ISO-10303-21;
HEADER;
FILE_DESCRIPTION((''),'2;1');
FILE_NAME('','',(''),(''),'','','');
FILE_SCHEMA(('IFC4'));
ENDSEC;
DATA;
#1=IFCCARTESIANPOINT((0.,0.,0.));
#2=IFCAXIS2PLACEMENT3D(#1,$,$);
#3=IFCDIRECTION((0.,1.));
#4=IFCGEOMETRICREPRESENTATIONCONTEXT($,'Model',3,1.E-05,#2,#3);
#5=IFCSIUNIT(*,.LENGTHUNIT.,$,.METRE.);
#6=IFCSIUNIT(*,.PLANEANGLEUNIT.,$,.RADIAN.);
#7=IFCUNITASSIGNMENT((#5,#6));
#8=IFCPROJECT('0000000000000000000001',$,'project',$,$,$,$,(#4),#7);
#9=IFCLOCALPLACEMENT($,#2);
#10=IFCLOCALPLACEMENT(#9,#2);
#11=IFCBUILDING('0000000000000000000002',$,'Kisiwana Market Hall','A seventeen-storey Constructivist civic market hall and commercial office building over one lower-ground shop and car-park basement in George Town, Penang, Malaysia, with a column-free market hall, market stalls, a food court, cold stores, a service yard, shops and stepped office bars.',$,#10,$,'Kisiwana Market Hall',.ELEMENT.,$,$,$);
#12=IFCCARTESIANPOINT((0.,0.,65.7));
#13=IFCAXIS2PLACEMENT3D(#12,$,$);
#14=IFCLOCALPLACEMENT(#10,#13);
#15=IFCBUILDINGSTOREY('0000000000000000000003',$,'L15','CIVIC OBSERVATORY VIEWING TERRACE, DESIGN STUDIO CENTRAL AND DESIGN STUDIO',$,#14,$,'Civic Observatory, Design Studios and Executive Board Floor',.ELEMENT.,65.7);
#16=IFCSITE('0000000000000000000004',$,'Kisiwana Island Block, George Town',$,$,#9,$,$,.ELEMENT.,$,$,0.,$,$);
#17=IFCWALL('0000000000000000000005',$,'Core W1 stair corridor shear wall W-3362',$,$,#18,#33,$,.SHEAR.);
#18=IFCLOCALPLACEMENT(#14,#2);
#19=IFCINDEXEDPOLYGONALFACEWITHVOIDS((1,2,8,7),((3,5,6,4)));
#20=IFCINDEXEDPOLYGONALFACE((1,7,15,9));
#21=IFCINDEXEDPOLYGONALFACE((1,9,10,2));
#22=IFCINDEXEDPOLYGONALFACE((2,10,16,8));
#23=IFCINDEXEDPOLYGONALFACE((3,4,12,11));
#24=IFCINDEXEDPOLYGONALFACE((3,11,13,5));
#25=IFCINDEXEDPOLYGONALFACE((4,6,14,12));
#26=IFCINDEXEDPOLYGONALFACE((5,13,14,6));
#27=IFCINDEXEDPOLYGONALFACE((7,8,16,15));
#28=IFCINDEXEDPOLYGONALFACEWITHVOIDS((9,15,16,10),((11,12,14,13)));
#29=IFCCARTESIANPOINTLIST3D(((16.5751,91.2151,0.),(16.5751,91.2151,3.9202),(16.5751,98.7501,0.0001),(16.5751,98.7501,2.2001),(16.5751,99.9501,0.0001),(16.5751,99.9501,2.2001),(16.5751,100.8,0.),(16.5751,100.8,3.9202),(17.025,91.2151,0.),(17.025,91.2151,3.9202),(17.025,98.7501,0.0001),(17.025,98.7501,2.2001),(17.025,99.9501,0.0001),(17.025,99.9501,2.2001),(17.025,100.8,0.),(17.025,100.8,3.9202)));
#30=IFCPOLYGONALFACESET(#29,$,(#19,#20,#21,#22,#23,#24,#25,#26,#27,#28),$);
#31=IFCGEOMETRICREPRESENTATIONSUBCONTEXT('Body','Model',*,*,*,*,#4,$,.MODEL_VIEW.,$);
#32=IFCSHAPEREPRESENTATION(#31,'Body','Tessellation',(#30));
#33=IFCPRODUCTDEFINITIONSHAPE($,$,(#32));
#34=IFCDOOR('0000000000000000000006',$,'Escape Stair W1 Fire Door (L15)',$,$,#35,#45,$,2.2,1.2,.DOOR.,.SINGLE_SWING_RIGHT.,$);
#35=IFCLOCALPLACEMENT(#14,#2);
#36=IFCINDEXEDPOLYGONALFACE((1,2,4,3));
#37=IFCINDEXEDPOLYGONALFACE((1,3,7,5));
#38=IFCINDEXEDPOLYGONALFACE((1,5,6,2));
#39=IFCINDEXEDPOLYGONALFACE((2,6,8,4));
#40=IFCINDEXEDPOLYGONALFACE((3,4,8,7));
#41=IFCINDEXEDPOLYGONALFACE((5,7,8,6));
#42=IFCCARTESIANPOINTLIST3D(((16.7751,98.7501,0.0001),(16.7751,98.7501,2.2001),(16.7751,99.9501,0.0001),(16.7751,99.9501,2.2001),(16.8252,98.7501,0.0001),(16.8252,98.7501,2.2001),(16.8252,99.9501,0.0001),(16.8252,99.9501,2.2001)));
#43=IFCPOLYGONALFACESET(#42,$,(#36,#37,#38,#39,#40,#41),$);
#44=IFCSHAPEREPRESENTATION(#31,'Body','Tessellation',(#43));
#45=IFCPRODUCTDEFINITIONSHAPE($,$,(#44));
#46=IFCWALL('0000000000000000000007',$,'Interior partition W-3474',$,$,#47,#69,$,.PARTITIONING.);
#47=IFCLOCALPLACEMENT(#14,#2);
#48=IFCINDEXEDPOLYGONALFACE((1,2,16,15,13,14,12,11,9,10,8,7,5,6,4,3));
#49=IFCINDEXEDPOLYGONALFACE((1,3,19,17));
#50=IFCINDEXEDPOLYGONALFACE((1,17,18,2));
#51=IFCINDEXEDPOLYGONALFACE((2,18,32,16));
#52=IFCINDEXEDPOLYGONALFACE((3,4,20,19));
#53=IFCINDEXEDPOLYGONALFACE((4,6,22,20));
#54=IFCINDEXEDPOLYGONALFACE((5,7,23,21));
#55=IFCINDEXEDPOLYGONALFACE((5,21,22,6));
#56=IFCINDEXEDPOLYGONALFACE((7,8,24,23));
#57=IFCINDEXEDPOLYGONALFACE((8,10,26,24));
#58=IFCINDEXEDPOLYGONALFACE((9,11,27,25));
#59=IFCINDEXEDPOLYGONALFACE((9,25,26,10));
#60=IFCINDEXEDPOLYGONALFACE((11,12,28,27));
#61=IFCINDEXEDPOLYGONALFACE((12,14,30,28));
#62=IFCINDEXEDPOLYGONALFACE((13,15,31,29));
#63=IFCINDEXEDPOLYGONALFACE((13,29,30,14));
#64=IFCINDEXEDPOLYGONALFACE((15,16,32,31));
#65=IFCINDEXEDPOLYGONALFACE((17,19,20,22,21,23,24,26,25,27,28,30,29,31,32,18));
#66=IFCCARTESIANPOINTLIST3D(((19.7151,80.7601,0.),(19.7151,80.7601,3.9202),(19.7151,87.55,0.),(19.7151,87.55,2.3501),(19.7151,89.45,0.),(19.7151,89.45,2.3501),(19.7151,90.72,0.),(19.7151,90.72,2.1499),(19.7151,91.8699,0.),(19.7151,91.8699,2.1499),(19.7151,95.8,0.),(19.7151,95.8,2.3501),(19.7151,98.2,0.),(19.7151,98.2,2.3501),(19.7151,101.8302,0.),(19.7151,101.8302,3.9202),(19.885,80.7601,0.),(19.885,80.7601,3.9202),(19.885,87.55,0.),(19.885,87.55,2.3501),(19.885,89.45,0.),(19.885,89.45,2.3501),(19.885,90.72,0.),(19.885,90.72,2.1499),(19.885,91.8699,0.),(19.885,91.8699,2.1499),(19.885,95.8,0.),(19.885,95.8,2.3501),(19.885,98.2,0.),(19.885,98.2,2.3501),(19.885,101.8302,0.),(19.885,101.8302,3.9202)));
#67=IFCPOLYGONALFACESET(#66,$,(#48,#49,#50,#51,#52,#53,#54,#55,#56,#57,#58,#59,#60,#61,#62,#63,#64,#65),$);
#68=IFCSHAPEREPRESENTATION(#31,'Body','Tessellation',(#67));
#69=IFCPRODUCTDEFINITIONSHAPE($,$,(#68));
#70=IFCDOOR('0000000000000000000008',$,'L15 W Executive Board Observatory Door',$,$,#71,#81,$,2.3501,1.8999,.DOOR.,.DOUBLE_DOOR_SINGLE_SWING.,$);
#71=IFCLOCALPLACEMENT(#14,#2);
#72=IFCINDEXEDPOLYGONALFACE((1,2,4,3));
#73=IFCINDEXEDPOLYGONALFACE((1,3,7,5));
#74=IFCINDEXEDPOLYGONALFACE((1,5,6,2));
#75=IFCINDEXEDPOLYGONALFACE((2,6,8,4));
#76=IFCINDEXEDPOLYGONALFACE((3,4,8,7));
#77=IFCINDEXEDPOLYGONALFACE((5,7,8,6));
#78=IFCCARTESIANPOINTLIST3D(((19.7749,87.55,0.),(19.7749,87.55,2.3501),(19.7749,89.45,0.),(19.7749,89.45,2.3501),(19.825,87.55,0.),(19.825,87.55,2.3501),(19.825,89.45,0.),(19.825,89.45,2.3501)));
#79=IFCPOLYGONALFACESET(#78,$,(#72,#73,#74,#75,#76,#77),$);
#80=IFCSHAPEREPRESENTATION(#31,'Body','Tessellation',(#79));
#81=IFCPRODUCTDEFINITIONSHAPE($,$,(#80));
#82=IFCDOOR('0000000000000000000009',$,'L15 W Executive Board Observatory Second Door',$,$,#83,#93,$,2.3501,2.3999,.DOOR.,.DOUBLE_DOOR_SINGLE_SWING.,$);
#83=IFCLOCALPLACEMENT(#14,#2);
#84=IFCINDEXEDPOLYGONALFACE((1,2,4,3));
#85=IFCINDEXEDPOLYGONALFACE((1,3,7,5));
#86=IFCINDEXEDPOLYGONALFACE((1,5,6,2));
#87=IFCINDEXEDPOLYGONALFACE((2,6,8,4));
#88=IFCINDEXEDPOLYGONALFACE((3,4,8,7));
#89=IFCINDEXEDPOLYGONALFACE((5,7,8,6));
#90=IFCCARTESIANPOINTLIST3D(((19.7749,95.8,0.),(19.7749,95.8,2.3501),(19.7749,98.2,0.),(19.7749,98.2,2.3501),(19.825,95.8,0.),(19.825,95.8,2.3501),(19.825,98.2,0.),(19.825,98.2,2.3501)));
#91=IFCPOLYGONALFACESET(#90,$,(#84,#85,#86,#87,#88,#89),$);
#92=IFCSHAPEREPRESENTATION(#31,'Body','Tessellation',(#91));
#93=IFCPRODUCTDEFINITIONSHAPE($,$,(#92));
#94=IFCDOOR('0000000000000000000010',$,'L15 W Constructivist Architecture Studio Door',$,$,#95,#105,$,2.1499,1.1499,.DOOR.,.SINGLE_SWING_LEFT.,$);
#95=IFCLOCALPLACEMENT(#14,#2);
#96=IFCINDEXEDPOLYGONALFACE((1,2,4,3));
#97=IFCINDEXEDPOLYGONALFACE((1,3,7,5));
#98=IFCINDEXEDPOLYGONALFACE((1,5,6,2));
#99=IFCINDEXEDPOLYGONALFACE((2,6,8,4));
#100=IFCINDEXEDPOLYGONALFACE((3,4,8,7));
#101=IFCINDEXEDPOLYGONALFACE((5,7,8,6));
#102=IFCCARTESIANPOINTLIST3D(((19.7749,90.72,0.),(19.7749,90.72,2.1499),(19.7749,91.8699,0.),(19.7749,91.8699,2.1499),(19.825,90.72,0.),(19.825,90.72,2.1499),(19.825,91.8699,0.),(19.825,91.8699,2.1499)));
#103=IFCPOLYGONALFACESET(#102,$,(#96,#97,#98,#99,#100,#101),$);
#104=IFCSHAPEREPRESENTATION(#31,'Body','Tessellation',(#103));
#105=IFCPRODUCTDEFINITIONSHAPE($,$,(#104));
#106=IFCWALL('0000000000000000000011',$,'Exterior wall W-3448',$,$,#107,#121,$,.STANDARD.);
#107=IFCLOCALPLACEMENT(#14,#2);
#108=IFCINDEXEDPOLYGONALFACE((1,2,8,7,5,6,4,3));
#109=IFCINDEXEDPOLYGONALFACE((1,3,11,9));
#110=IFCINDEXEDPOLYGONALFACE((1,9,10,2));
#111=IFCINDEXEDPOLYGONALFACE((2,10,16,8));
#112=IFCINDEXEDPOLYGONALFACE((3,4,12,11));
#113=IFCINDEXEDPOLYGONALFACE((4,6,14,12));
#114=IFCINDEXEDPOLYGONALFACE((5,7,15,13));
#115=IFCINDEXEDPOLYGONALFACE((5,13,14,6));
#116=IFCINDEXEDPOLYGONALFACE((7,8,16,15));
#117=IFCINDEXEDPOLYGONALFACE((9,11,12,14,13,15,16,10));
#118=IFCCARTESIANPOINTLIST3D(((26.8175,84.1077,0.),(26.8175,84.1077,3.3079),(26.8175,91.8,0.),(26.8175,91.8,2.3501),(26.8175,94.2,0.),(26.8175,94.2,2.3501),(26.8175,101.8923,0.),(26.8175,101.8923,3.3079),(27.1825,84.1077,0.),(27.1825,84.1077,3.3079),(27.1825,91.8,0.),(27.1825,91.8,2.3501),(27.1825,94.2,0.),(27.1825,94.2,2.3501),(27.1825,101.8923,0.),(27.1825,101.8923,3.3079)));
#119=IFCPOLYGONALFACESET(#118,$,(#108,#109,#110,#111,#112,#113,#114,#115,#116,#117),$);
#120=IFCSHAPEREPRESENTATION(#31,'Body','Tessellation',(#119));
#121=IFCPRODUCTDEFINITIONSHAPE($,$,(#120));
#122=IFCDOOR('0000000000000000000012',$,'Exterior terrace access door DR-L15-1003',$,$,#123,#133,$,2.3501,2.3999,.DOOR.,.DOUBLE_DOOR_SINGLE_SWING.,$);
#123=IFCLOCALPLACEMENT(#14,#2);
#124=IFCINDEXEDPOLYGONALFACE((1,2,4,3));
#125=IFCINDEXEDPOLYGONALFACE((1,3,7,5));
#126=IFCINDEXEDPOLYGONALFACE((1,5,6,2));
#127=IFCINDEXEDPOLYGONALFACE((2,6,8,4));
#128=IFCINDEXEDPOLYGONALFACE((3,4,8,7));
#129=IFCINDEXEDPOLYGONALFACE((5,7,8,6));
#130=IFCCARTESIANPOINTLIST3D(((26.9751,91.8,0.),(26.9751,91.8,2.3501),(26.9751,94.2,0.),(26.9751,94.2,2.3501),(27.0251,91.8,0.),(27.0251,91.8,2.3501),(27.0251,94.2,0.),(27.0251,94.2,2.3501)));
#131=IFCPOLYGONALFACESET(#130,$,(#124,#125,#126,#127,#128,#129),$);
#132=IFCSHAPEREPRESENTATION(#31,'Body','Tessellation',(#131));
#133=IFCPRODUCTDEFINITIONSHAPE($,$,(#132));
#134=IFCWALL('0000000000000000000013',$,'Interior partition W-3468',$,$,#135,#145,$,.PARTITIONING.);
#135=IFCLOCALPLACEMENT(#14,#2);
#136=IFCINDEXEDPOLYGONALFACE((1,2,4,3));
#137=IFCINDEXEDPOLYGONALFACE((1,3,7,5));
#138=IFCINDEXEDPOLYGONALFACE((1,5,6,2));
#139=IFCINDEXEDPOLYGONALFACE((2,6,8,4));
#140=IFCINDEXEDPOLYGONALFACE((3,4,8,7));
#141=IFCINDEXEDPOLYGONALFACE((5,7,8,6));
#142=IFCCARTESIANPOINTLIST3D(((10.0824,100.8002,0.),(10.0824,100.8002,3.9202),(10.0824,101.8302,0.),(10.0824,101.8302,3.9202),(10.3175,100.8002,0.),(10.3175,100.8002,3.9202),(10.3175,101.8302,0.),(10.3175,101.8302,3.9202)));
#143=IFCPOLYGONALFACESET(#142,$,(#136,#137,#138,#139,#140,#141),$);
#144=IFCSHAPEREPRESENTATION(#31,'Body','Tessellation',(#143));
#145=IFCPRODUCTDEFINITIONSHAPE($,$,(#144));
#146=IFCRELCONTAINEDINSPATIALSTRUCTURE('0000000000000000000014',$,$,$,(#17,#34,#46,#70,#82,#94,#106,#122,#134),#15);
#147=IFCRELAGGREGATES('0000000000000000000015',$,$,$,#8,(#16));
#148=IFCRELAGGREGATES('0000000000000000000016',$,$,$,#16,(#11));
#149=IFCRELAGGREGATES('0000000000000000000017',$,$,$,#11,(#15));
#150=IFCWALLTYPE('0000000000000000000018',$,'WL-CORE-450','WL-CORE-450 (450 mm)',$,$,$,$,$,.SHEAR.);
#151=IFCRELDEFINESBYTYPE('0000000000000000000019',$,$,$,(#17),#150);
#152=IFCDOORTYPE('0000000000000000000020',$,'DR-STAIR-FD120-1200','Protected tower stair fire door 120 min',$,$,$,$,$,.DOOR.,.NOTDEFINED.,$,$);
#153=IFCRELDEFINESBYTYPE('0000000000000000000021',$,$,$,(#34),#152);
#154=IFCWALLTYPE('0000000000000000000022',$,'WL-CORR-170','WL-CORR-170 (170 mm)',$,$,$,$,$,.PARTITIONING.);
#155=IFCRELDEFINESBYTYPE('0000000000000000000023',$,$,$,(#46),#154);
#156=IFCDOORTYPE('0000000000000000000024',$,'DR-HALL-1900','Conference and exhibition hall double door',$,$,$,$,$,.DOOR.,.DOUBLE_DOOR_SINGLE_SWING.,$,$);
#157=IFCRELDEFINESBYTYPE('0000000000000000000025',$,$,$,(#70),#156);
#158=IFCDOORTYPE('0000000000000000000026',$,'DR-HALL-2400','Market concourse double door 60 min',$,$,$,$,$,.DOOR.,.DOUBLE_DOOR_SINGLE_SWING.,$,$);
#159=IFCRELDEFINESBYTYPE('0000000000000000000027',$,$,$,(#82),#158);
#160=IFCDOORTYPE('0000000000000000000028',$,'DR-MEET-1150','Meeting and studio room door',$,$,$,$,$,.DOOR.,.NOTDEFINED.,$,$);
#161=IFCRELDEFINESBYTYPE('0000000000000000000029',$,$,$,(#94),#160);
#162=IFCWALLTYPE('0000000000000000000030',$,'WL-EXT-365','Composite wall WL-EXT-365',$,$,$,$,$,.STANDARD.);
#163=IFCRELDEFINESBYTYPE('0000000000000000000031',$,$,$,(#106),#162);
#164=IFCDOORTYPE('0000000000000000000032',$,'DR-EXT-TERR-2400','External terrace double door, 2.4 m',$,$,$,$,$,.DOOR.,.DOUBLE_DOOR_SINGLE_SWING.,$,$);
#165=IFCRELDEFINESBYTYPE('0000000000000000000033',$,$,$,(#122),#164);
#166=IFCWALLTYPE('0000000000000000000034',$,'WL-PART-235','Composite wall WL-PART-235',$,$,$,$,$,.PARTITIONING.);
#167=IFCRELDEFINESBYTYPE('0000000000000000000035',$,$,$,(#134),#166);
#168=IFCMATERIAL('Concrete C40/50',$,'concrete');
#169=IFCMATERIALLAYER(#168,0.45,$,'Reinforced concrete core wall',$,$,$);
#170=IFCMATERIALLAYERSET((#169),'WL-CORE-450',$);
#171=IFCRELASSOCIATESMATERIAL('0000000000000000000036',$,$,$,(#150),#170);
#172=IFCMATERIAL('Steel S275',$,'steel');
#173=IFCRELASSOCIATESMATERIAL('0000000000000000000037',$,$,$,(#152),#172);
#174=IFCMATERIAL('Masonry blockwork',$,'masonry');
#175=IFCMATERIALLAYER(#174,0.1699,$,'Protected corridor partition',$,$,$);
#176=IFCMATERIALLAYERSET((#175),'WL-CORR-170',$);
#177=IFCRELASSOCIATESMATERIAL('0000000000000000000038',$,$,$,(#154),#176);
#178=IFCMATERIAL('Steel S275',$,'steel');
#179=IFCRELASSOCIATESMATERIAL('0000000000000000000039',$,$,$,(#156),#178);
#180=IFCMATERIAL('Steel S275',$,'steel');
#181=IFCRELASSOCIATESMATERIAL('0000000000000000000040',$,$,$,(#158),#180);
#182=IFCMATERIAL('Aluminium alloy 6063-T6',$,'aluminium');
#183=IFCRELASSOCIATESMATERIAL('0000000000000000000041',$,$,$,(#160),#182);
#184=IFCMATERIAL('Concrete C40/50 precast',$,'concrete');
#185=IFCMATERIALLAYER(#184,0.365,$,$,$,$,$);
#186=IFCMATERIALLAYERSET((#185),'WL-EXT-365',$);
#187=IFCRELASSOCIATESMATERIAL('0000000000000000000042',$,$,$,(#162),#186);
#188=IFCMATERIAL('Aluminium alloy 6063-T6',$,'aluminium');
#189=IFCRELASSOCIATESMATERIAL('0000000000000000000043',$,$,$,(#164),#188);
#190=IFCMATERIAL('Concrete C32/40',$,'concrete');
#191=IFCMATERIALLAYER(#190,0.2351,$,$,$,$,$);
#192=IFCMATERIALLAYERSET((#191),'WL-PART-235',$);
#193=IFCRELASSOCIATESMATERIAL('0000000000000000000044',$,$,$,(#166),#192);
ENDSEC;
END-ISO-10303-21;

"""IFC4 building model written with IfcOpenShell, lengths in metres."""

from ifc_helpers import new_model, si_unit, direction, frame, frame_2d, origin, place, context, subcontext, project, spatial, rectangle, extrude, material, layer, layer_set, type_object, element, fill, save


model = new_model("IFC4")

# Units and contexts
model_context = context("Model", 3, precision=1e-05, world=origin(), true_north=direction((0.0, 1.0)))
body_context = subcontext(model_context, "Body", "Model", "MODEL_VIEW")
ifc_project = project(units=[si_unit("LENGTHUNIT", "METRE"), si_unit("PLANEANGLEUNIT", "RADIAN")], contexts=[model_context])

# Site, building, storey
site_placement = place(None, origin())
site = spatial("IfcSite", under=ifc_project, at=site_placement, Name="Kisiwana Island Block, George Town", CompositionType="ELEMENT", RefElevation=0.0)
building_placement = place(site_placement, origin())
building = spatial("IfcBuilding", under=site, at=building_placement, Name="Kisiwana Market Hall", Description="A seventeen-storey Constructivist civic market hall and commercial office building over one lower-ground shop and car-park basement in George Town, Penang, Malaysia, with a column-free market hall, market stalls, a food court, cold stores, a service yard, shops and stepped office bars.", LongName="Kisiwana Market Hall", CompositionType="ELEMENT")
storey_placement = place(building_placement, frame((0.0, 0.0, 65.7)))
storey = spatial("IfcBuildingStorey", under=building, at=storey_placement, Name="L15", Description="CIVIC OBSERVATORY VIEWING TERRACE, DESIGN STUDIO CENTRAL AND DESIGN STUDIO", LongName="Civic Observatory, Design Studios and Executive Board Floor", CompositionType="ELEMENT", Elevation=65.7)

# Wall, opening, door
ifc_material_1 = material(Name="Concrete C40/50", Category="concrete")
ifc_layer_1 = layer(ifc_material_1, 0.45, Name="Reinforced concrete core wall")
ifc_layer_set_1 = layer_set([ifc_layer_1], Name="WL-CORE-450")
wall_type_1 = type_object("IfcWallType", Name="WL-CORE-450", Description="WL-CORE-450 (450 mm)", PredefinedType="SHEAR", material=ifc_layer_set_1)
wall_1_placement = place(storey_placement, frame((16.8, 91.2151, 0.0), z_axis=(0.0, 0.0, 1.0), x_axis=(0.0, 1.0, 0.0)))
wall_1 = element("IfcWall", 1, at=wall_1_placement, inside=storey, type_object=wall_type_1, Name="Core W1 stair corridor shear wall W-3362", PredefinedType="SHEAR", context=body_context, shape_type="SweptSolid", body=[
    extrude(rectangle(XDim=9.585, YDim=0.45, at=frame_2d((4.7925, 0.0))), origin(), (0.0, 0.0, 1.0), 3.9202),
])
opening_1_placement = place(wall_1_placement, frame((7.5349, 0.0, 0.0)))
opening_1 = element("IfcOpeningElement", 2, at=opening_1_placement, cuts=wall_1, PredefinedType="OPENING", context=body_context, shape_type="SweptSolid", body=[
    extrude(rectangle(XDim=1.2, YDim=2.2, at=frame_2d((0.6001, 1.1001))), frame((0.0, 0.2368, 0.0), z_axis=(0.0, -1.0, 0.0), x_axis=(1.0, 0.0, 0.0)), (0.0, 0.0, 1.0), 0.4739),
])
ifc_material_2 = material(Name="Steel S275", Category="steel")
door_type_1 = type_object("IfcDoorType", Name="DR-STAIR-FD120-1200", Description="Protected tower stair fire door 120 min", OperationType="NOTDEFINED", PredefinedType="DOOR", material=ifc_material_2)
door_1_placement = place(opening_1_placement, origin())
door_1 = element("IfcDoor", 3, at=door_1_placement, inside=storey, type_object=door_type_1, Name="Escape Stair W1 Fire Door (L15)", OperationType="SINGLE_SWING_RIGHT", OverallHeight=2.2, OverallWidth=1.2, PredefinedType="DOOR", context=body_context, shape_type="SweptSolid", body=[
    extrude(rectangle(XDim=1.2, YDim=2.2, at=frame_2d((0.6001, 1.1001))), frame((0.0, 0.0249, 0.0), z_axis=(0.0, -1.0, 0.0), x_axis=(1.0, 0.0, 0.0)), (0.0, 0.0, 1.0), 0.05),
])
fill(opening_1, door_1)

# Wall, openings, doors
ifc_material_3 = material(Name="Masonry blockwork", Category="masonry")
ifc_layer_2 = layer(ifc_material_3, 0.1699, Name="Protected corridor partition")
ifc_layer_set_2 = layer_set([ifc_layer_2], Name="WL-CORR-170")
wall_type_2 = type_object("IfcWallType", Name="WL-CORR-170", Description="WL-CORR-170 (170 mm)", PredefinedType="PARTITIONING", material=ifc_layer_set_2)
wall_2_placement = place(storey_placement, frame((19.8, 80.76, 0.0), z_axis=(0.0, 0.0, 1.0), x_axis=(0.0, 1.0, 0.0)))
wall_2 = element("IfcWall", 4, at=wall_2_placement, inside=storey, type_object=wall_type_2, Name="Interior partition W-3474", PredefinedType="PARTITIONING", context=body_context, shape_type="SweptSolid", body=[
    extrude(rectangle(XDim=21.0701, YDim=0.1699, at=frame_2d((10.5352, 0.0))), origin(), (0.0, 0.0, 1.0), 3.9202),
])
opening_2_placement = place(wall_2_placement, frame((6.79, 0.0, 0.0)))
opening_2 = element("IfcOpeningElement", 5, at=opening_2_placement, cuts=wall_2, PredefinedType="OPENING", context=body_context, shape_type="SweptSolid", body=[
    extrude(rectangle(XDim=1.8999, YDim=2.3501, at=frame_2d((0.95, 1.175))), frame((0.0, 0.0969, 0.0), z_axis=(0.0, -1.0, 0.0), x_axis=(1.0, 0.0, 0.0)), (0.0, 0.0, 1.0), 0.1938),
])
opening_3_placement = place(wall_2_placement, frame((15.04, 0.0, 0.0)))
opening_3 = element("IfcOpeningElement", 6, at=opening_3_placement, cuts=wall_2, PredefinedType="OPENING", context=body_context, shape_type="SweptSolid", body=[
    extrude(rectangle(XDim=2.3999, YDim=2.3501, at=frame_2d((1.2, 1.175))), frame((0.0, 0.0969, 0.0), z_axis=(0.0, -1.0, 0.0), x_axis=(1.0, 0.0, 0.0)), (0.0, 0.0, 1.0), 0.1938),
])
opening_4_placement = place(wall_2_placement, frame((9.96, 0.0, 0.0)))
opening_4 = element("IfcOpeningElement", 7, at=opening_4_placement, cuts=wall_2, PredefinedType="OPENING", context=body_context, shape_type="SweptSolid", body=[
    extrude(rectangle(XDim=1.1499, YDim=2.1499, at=frame_2d((0.575, 1.075))), frame((0.0, 0.0969, 0.0), z_axis=(0.0, -1.0, 0.0), x_axis=(1.0, 0.0, 0.0)), (0.0, 0.0, 1.0), 0.1938),
])
ifc_material_4 = material(Name="Steel S275", Category="steel")
door_type_2 = type_object("IfcDoorType", Name="DR-HALL-1900", Description="Conference and exhibition hall double door", OperationType="DOUBLE_DOOR_SINGLE_SWING", PredefinedType="DOOR", material=ifc_material_4)
door_2_placement = place(opening_2_placement, frame((1.8999, 0.0, 0.0), z_axis=(0.0, 0.0, 1.0), x_axis=(-1.0, 0.0, 0.0)))
door_2 = element("IfcDoor", 8, at=door_2_placement, inside=storey, type_object=door_type_2, Name="L15 W Executive Board Observatory Door", OperationType="DOUBLE_DOOR_SINGLE_SWING", OverallHeight=2.3501, OverallWidth=1.8999, PredefinedType="DOOR", context=body_context, shape_type="SweptSolid", body=[
    extrude(rectangle(XDim=1.8999, YDim=2.3501, at=frame_2d((0.95, 1.175))), frame((0.0, 0.0249, 0.0), z_axis=(0.0, -1.0, 0.0), x_axis=(1.0, 0.0, 0.0)), (0.0, 0.0, 1.0), 0.05),
])
fill(opening_2, door_2)
ifc_material_5 = material(Name="Steel S275", Category="steel")
door_type_3 = type_object("IfcDoorType", Name="DR-HALL-2400", Description="Market concourse double door 60 min", OperationType="DOUBLE_DOOR_SINGLE_SWING", PredefinedType="DOOR", material=ifc_material_5)
door_3_placement = place(opening_3_placement, frame((2.3999, 0.0, 0.0), z_axis=(0.0, 0.0, 1.0), x_axis=(-1.0, 0.0, 0.0)))
door_3 = element("IfcDoor", 9, at=door_3_placement, inside=storey, type_object=door_type_3, Name="L15 W Executive Board Observatory Second Door", OperationType="DOUBLE_DOOR_SINGLE_SWING", OverallHeight=2.3501, OverallWidth=2.3999, PredefinedType="DOOR", context=body_context, shape_type="SweptSolid", body=[
    extrude(rectangle(XDim=2.3999, YDim=2.3501, at=frame_2d((1.2, 1.175))), frame((0.0, 0.0249, 0.0), z_axis=(0.0, -1.0, 0.0), x_axis=(1.0, 0.0, 0.0)), (0.0, 0.0, 1.0), 0.05),
])
fill(opening_3, door_3)
ifc_material_6 = material(Name="Aluminium alloy 6063-T6", Category="aluminium")
door_type_4 = type_object("IfcDoorType", Name="DR-MEET-1150", Description="Meeting and studio room door", OperationType="NOTDEFINED", PredefinedType="DOOR", material=ifc_material_6)
door_4_placement = place(opening_4_placement, frame((1.1499, 0.0, 0.0), z_axis=(0.0, 0.0, 1.0), x_axis=(-1.0, 0.0, 0.0)))
door_4 = element("IfcDoor", 10, at=door_4_placement, inside=storey, type_object=door_type_4, Name="L15 W Constructivist Architecture Studio Door", OperationType="SINGLE_SWING_LEFT", OverallHeight=2.1499, OverallWidth=1.1499, PredefinedType="DOOR", context=body_context, shape_type="SweptSolid", body=[
    extrude(rectangle(XDim=1.1499, YDim=2.1499, at=frame_2d((0.575, 1.075))), frame((0.0, 0.0249, 0.0), z_axis=(0.0, -1.0, 0.0), x_axis=(1.0, 0.0, 0.0)), (0.0, 0.0, 1.0), 0.05),
])
fill(opening_4, door_4)

# Wall, opening, door
ifc_material_7 = material(Name="Concrete C40/50 precast", Category="concrete")
ifc_layer_3 = layer(ifc_material_7, 0.365)
ifc_layer_set_3 = layer_set([ifc_layer_3], Name="WL-EXT-365")
wall_type_3 = type_object("IfcWallType", Name="WL-EXT-365", Description="Composite wall WL-EXT-365", PredefinedType="STANDARD", material=ifc_layer_set_3)
wall_3_placement = place(storey_placement, frame((27.0, 84.1077, 0.0), z_axis=(0.0, 0.0, 1.0), x_axis=(0.0, 1.0, 0.0)))
wall_3 = element("IfcWall", 11, at=wall_3_placement, inside=storey, type_object=wall_type_3, Name="Exterior wall W-3448", PredefinedType="STANDARD", context=body_context, shape_type="SweptSolid", body=[
    extrude(rectangle(XDim=17.7847, YDim=0.365, at=frame_2d((8.8923, 0.0))), origin(), (0.0, 0.0, 1.0), 3.3079),
])
opening_5_placement = place(wall_3_placement, frame((7.6924, 0.0, 0.0)))
opening_5 = element("IfcOpeningElement", 12, at=opening_5_placement, cuts=wall_3, PredefinedType="OPENING", context=body_context, shape_type="SweptSolid", body=[
    extrude(rectangle(XDim=2.3999, YDim=2.3501, at=frame_2d((1.2, 1.175))), frame((0.0, 0.1943, 0.0), z_axis=(0.0, -1.0, 0.0), x_axis=(1.0, 0.0, 0.0)), (0.0, 0.0, 1.0), 0.3889),
])
ifc_material_8 = material(Name="Aluminium alloy 6063-T6", Category="aluminium")
door_type_5 = type_object("IfcDoorType", Name="DR-EXT-TERR-2400", Description="External terrace double door, 2.4 m", OperationType="DOUBLE_DOOR_SINGLE_SWING", PredefinedType="DOOR", material=ifc_material_8)
door_5_placement = place(opening_5_placement, origin())
door_5 = element("IfcDoor", 13, at=door_5_placement, inside=storey, type_object=door_type_5, Name="Exterior terrace access door DR-L15-1003", OperationType="DOUBLE_DOOR_SINGLE_SWING", OverallHeight=2.3501, OverallWidth=2.3999, PredefinedType="DOOR", context=body_context, shape_type="SweptSolid", body=[
    extrude(rectangle(XDim=2.3999, YDim=2.3501, at=frame_2d((1.2, 1.175))), frame((0.0, 0.0249, 0.0), z_axis=(0.0, -1.0, 0.0), x_axis=(1.0, 0.0, 0.0)), (0.0, 0.0, 1.0), 0.05),
])
fill(opening_5, door_5)

# Wall
ifc_material_9 = material(Name="Concrete C32/40", Category="concrete")
ifc_layer_4 = layer(ifc_material_9, 0.2351)
ifc_layer_set_4 = layer_set([ifc_layer_4], Name="WL-PART-235")
wall_type_4 = type_object("IfcWallType", Name="WL-PART-235", Description="Composite wall WL-PART-235", PredefinedType="PARTITIONING", material=ifc_layer_set_4)
wall_4_placement = place(storey_placement, frame((10.2, 100.8, 0.0), z_axis=(0.0, 0.0, 1.0), x_axis=(0.0, 1.0, 0.0)))
element("IfcWall", 14, at=wall_4_placement, inside=storey, type_object=wall_type_4, Name="Interior partition W-3468", PredefinedType="PARTITIONING", context=body_context, shape_type="SweptSolid", body=[
    extrude(rectangle(XDim=1.03, YDim=0.2351, at=frame_2d((0.5151, 0.0))), origin(), (0.0, 0.0, 1.0), 3.9202),
])

save(model, "model.ifc")
